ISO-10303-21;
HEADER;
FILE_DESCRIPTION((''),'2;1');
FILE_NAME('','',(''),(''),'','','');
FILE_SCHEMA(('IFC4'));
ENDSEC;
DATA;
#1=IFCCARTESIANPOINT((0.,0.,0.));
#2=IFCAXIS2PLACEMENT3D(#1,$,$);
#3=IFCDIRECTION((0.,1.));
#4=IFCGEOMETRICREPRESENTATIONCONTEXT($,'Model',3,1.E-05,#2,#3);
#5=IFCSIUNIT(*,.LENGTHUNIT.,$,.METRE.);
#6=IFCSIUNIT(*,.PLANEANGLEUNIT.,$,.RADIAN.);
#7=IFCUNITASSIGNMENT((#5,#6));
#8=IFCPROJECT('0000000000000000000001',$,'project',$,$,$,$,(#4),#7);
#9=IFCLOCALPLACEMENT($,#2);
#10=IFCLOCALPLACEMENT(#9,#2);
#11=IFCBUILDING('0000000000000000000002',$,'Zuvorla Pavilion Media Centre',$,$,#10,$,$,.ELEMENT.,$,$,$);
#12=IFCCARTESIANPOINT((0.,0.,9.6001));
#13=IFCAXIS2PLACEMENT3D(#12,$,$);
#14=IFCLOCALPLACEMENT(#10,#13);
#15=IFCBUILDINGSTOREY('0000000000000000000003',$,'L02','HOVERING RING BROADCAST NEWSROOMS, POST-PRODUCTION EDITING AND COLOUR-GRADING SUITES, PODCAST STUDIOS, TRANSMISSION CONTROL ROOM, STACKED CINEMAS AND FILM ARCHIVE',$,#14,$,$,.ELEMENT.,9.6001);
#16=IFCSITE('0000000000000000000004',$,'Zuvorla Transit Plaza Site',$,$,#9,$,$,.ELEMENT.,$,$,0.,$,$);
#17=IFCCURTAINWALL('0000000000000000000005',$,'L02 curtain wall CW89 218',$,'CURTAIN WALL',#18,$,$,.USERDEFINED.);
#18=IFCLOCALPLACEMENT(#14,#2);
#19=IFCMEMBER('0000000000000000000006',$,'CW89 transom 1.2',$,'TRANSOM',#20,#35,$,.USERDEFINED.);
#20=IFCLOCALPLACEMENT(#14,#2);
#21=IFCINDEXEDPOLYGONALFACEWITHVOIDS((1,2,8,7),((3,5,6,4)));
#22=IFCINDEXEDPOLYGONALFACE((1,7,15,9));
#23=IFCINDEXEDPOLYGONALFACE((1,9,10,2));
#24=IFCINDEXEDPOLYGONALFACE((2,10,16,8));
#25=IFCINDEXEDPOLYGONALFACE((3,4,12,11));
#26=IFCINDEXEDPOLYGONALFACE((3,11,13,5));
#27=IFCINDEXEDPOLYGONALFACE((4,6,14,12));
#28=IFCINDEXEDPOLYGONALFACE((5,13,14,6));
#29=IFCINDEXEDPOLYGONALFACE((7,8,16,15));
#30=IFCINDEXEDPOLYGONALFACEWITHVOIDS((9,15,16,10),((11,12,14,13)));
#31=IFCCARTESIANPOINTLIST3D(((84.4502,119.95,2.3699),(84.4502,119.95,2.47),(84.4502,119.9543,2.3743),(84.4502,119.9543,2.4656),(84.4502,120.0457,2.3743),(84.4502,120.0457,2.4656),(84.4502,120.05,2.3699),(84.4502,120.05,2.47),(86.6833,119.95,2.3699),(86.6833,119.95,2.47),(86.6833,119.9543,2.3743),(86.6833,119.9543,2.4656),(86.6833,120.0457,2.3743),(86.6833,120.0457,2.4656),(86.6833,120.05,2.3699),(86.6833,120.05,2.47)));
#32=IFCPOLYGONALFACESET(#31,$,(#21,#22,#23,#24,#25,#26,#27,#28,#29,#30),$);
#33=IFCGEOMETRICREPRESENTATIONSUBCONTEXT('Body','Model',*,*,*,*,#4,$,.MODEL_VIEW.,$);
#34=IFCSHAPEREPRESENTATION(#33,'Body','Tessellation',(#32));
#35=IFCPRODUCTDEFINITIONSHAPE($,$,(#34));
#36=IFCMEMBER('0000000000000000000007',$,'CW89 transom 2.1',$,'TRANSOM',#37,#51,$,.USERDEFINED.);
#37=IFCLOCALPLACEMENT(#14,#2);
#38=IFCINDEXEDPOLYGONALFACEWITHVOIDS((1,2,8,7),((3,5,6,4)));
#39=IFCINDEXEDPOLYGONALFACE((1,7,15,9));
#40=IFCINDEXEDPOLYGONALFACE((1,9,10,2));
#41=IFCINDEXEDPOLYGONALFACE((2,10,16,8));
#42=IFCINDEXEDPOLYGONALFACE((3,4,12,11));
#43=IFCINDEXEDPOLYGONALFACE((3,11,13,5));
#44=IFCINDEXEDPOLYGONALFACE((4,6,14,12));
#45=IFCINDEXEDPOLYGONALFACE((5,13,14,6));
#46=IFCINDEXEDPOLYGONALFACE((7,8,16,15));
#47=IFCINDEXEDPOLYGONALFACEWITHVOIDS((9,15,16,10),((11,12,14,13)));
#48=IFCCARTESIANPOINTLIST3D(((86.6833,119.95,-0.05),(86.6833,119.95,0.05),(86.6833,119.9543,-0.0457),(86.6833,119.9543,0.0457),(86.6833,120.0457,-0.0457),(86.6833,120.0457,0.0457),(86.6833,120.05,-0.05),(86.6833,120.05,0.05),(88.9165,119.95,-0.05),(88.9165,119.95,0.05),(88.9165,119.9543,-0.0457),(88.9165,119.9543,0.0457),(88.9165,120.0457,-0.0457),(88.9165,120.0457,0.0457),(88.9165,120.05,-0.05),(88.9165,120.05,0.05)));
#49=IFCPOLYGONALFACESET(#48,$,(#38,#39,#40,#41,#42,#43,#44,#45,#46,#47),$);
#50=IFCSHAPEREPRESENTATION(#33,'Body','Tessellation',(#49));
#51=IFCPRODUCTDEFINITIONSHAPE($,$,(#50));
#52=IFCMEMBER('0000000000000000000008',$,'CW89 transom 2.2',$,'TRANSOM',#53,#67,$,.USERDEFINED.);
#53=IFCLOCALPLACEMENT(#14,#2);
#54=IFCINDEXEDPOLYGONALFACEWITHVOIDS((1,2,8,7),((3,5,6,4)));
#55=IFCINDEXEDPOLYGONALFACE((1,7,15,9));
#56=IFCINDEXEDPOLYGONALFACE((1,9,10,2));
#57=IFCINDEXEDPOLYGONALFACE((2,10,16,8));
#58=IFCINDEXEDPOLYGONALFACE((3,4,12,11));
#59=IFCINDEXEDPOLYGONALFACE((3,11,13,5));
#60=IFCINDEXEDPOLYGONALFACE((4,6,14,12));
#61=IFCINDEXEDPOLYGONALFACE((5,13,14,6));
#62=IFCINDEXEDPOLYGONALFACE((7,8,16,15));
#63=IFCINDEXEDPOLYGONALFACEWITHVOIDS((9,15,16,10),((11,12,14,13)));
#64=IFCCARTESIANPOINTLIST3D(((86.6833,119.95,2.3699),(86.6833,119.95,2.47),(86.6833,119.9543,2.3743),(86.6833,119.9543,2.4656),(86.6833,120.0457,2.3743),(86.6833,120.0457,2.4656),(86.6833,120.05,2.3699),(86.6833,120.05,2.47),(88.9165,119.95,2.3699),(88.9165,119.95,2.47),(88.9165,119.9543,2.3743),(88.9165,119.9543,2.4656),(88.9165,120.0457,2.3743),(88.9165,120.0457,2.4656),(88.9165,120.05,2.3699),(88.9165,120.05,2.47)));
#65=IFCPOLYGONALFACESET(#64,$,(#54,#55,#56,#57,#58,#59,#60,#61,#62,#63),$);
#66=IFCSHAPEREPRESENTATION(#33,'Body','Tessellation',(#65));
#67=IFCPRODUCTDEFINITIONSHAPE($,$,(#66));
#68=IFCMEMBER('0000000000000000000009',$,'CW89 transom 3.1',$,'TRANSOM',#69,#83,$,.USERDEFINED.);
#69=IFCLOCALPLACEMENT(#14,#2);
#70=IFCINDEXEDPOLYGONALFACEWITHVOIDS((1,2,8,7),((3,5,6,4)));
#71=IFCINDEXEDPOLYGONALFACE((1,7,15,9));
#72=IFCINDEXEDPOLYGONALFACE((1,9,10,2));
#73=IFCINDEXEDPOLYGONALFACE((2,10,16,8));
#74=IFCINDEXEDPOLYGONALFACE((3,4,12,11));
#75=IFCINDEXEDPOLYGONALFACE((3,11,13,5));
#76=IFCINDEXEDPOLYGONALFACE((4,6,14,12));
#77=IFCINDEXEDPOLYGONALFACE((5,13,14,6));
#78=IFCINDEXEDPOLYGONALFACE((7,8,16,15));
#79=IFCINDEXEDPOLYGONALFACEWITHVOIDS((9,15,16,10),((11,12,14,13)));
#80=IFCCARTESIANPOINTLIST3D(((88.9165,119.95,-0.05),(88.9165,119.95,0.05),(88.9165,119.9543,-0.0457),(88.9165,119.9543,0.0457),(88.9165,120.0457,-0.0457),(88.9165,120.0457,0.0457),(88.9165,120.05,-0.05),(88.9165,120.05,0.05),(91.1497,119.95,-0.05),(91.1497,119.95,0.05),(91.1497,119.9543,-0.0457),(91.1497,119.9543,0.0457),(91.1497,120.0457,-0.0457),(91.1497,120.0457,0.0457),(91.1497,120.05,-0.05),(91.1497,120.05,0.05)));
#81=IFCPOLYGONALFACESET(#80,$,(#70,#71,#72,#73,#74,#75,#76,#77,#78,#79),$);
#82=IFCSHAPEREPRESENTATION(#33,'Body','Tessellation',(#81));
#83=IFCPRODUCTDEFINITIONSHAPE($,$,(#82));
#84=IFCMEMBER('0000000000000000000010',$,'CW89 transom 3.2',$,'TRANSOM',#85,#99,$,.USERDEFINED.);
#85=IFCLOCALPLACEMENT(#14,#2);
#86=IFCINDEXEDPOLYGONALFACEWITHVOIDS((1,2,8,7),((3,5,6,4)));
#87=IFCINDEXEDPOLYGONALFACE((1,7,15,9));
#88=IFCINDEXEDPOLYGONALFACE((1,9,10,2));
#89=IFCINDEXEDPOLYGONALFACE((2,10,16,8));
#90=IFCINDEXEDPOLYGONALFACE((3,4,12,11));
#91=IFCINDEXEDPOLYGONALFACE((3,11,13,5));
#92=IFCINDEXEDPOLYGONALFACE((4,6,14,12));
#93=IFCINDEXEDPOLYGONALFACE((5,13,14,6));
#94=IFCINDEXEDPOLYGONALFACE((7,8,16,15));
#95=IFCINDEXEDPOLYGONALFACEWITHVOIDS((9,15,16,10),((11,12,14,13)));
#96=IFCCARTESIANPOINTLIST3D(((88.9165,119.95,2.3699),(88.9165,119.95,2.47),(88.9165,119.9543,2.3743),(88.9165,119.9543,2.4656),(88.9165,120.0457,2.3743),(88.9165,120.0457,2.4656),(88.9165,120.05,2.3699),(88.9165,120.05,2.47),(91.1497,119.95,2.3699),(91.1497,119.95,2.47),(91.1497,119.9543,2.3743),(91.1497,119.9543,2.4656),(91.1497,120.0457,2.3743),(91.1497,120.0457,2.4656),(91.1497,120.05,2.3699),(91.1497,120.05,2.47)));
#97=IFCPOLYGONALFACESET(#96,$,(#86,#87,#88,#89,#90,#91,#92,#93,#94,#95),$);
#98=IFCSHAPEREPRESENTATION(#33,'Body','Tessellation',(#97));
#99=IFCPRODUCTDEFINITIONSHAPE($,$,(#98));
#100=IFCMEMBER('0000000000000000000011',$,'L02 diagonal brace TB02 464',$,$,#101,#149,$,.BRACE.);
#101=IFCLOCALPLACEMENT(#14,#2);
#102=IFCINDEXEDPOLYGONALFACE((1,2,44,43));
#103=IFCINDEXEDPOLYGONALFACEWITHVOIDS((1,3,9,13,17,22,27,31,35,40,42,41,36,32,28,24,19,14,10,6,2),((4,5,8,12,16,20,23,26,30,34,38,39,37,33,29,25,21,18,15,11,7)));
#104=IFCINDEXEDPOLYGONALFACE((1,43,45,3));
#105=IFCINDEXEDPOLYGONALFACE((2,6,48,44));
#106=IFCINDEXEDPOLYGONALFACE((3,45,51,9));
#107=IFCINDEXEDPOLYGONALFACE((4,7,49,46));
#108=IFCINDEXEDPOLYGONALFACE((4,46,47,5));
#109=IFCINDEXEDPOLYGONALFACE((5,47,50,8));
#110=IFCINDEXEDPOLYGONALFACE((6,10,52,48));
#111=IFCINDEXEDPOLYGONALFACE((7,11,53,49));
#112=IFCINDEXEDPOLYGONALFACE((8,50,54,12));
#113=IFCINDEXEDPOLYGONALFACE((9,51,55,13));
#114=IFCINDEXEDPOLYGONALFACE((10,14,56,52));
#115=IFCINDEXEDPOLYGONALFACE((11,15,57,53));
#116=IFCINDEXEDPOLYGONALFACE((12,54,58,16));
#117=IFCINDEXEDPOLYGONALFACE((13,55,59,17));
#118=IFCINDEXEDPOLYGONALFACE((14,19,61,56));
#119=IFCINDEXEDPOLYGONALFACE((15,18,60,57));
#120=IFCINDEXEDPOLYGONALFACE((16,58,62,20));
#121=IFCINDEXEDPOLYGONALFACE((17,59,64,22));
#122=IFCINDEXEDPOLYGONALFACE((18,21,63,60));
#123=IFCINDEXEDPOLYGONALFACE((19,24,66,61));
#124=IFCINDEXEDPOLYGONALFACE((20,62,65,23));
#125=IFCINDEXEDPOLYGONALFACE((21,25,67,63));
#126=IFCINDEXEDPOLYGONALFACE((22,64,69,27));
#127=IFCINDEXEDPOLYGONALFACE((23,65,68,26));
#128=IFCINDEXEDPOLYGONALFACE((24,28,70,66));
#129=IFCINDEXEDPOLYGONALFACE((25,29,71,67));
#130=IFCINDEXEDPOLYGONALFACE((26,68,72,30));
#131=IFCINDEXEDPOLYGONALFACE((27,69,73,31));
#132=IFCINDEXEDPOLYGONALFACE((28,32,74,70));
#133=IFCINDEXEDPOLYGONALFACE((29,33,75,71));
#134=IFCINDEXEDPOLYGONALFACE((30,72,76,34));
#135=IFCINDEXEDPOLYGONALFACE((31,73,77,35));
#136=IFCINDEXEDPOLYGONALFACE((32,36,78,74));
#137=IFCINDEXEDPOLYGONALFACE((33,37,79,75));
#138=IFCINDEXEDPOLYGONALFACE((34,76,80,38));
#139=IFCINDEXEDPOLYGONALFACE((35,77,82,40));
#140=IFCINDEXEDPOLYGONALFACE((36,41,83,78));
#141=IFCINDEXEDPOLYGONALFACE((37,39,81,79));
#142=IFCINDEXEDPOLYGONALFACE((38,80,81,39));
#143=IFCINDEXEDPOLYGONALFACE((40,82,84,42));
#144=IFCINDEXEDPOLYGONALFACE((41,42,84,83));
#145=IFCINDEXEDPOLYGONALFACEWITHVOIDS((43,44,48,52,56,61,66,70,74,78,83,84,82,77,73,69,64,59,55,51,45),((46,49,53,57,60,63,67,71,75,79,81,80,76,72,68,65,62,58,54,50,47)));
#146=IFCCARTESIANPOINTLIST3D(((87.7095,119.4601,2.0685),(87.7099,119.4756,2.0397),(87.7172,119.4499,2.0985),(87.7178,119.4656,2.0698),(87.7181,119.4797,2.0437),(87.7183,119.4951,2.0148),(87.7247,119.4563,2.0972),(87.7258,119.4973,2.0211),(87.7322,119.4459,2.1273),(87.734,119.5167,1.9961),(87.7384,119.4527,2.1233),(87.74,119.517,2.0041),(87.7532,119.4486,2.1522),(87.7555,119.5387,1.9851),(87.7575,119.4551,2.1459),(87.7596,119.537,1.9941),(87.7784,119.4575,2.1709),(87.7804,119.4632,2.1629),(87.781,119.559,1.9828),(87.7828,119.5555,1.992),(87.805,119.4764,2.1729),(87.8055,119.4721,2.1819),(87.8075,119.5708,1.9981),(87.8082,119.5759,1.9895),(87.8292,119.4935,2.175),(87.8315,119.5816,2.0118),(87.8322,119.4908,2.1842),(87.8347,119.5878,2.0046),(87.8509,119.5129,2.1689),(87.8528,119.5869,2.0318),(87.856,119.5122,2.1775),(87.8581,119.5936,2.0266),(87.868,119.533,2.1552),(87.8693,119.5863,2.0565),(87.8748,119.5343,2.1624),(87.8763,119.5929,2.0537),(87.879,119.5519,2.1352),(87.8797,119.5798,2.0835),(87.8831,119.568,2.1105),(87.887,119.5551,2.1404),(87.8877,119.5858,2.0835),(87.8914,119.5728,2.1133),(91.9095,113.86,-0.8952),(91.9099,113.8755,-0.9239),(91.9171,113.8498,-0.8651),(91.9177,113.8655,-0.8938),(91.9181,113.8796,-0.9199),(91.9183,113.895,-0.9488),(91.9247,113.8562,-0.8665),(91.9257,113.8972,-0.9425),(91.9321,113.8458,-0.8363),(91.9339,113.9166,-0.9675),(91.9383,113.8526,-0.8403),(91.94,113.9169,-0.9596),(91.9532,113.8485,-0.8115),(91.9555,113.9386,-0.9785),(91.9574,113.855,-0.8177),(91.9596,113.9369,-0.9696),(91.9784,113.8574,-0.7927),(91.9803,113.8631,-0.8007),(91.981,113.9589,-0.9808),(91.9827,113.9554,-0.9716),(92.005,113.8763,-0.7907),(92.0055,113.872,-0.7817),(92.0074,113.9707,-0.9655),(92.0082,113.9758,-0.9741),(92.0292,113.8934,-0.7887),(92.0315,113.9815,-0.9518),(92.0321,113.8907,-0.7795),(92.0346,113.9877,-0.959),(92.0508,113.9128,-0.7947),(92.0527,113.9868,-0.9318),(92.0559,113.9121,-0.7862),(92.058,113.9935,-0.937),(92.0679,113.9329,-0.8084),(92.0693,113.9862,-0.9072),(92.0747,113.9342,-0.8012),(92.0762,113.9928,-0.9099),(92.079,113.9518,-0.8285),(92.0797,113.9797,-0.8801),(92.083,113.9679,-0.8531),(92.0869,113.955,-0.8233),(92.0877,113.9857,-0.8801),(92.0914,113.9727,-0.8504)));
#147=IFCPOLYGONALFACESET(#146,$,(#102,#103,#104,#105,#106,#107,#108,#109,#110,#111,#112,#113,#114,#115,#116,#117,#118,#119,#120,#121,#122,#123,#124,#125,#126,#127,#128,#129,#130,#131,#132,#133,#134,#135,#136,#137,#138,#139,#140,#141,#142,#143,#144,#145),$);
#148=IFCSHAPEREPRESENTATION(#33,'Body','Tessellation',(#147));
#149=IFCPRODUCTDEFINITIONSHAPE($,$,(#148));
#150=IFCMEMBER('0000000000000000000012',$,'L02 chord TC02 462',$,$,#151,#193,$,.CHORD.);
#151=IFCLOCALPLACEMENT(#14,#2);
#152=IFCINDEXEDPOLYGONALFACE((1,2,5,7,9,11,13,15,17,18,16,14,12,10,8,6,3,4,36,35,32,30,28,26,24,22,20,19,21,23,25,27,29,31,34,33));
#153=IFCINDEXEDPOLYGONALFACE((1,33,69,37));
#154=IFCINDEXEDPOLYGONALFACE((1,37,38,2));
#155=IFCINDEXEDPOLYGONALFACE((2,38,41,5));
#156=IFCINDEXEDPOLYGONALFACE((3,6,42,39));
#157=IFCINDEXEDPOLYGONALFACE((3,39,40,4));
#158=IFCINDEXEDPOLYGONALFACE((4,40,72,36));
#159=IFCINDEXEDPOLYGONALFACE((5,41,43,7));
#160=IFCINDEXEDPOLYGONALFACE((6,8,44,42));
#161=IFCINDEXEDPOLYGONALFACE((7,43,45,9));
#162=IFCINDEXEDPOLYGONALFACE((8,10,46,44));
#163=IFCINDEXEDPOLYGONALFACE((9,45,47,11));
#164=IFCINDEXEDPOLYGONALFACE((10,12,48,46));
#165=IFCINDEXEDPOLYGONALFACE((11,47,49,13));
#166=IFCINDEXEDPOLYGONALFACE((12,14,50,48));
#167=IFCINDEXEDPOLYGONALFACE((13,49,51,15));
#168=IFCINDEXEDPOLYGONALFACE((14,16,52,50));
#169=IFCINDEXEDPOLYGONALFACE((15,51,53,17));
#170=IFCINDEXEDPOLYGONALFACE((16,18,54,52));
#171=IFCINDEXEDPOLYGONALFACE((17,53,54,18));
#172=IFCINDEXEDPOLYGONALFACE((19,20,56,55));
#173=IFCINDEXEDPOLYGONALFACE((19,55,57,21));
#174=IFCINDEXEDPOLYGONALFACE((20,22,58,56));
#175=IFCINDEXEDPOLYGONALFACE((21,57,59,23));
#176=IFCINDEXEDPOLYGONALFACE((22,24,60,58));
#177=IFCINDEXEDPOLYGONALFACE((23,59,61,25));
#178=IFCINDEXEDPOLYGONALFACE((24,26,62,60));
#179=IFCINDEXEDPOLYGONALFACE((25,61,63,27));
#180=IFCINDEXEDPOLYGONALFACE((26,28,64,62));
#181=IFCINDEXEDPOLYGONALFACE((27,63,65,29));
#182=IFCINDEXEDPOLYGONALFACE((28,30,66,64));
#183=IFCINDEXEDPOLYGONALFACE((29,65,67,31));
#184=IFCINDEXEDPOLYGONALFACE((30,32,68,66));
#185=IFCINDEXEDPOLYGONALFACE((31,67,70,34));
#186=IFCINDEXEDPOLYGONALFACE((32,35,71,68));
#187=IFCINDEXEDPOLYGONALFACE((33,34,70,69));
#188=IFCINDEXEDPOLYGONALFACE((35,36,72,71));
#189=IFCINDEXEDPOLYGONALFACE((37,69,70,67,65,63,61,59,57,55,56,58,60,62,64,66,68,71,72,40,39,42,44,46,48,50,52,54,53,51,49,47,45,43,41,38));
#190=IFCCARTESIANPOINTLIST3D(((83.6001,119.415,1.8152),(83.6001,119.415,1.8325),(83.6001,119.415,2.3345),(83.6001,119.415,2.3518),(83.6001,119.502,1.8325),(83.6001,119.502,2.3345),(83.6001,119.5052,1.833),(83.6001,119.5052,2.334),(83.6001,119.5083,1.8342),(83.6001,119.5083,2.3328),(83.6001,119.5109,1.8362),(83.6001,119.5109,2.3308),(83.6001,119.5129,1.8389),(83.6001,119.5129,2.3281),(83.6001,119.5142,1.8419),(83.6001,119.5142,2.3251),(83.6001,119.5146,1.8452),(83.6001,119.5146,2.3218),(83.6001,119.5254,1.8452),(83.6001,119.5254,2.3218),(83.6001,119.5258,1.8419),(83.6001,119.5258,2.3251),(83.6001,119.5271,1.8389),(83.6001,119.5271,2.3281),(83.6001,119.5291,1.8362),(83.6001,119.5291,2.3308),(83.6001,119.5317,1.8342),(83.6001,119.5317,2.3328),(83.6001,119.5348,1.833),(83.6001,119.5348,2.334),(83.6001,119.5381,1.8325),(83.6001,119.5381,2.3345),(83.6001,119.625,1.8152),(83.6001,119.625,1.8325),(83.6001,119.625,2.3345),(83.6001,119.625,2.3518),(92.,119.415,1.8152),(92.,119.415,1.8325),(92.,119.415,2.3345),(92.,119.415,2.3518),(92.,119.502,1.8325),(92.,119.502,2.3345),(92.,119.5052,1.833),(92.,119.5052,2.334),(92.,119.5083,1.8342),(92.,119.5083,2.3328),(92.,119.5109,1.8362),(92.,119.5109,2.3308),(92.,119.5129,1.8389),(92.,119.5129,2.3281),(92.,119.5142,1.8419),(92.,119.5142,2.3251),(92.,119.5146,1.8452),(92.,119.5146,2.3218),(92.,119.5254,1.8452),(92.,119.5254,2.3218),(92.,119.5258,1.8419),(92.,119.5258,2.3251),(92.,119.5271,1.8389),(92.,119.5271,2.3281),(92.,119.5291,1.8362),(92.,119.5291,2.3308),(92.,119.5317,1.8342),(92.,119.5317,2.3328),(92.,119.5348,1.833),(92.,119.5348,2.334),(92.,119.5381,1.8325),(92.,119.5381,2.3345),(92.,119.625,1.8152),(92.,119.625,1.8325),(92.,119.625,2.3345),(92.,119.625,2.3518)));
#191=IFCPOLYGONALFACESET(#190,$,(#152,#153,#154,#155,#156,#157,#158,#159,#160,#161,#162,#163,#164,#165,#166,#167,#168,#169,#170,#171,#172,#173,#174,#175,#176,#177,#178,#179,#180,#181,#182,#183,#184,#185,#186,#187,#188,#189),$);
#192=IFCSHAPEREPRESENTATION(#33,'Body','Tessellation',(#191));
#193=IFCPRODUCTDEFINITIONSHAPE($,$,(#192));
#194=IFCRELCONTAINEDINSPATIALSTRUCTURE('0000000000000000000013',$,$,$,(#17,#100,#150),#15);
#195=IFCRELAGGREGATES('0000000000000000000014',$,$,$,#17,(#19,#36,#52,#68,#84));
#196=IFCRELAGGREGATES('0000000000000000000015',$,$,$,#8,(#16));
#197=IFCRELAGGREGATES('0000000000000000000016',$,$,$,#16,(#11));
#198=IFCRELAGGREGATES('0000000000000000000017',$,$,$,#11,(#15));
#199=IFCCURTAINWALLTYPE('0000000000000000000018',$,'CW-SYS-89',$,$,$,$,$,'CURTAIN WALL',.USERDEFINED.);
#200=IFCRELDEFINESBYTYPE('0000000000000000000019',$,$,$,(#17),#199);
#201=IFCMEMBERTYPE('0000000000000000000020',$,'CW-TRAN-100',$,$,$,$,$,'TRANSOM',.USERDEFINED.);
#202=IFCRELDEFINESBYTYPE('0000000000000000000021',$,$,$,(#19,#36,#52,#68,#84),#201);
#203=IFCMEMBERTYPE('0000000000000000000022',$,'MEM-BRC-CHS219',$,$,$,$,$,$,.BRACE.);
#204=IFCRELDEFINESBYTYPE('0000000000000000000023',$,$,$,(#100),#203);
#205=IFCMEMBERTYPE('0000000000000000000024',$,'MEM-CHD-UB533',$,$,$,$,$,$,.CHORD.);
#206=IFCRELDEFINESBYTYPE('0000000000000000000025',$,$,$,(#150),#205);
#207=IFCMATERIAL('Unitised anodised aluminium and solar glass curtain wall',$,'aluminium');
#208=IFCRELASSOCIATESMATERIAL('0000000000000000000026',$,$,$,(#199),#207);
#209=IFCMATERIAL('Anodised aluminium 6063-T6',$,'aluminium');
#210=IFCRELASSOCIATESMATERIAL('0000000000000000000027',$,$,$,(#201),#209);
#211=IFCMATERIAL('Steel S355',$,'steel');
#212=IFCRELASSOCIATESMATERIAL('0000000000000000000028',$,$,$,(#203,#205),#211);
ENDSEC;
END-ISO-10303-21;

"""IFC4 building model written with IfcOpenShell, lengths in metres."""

from ifc_helpers import new_model, si_unit, direction, frame, origin, origin_2d, place, context, subcontext, project, spatial, hollow_rectangle, hollow_circle, i_section, extrude, material, material_profile, profile_set, type_object, element, aggregate, save


model = new_model("IFC4")

# Units and contexts
model_context = context("Model", 3, precision=1e-05, world=origin(), true_north=direction((0.0, 1.0)))
body_context = subcontext(model_context, "Body", "Model", "MODEL_VIEW")
ifc_project = project(units=[si_unit("LENGTHUNIT", "METRE"), si_unit("PLANEANGLEUNIT", "RADIAN")], contexts=[model_context])

# Site, building, storey
site_placement = place(None, origin())
site = spatial("IfcSite", under=ifc_project, at=site_placement, Name="Zuvorla Transit Plaza Site", CompositionType="ELEMENT", RefElevation=0.0)
building_placement = place(site_placement, origin())
building = spatial("IfcBuilding", under=site, at=building_placement, Name="Zuvorla Pavilion Media Centre", CompositionType="ELEMENT")
storey_placement = place(building_placement, frame((0.0, 0.0, 9.6001)))
storey = spatial("IfcBuildingStorey", under=building, at=storey_placement, Name="L02", Description="HOVERING RING BROADCAST NEWSROOMS, POST-PRODUCTION EDITING AND COLOUR-GRADING SUITES, PODCAST STUDIOS, TRANSMISSION CONTROL ROOM, STACKED CINEMAS AND FILM ARCHIVE", CompositionType="ELEMENT", Elevation=9.6001)

# Curtain wall
ifc_material_1 = material(Name="Unitised anodised aluminium and solar glass curtain wall", Category="aluminium")
ifc_material_2 = material(Name="Anodised aluminium 6063-T6", Category="aluminium")
curtain_wall_type_1 = type_object("IfcCurtainWallType", Name="CW-SYS-89", ElementType="CURTAIN WALL", PredefinedType="USERDEFINED", material=ifc_material_1)
curtain_wall_1_placement = place(storey_placement, origin())
curtain_wall_1 = element("IfcCurtainWall", 1, at=curtain_wall_1_placement, inside=storey, type_object=curtain_wall_type_1, Name="L02 curtain wall CW89 218", ObjectType="CURTAIN WALL", PredefinedType="USERDEFINED")

# Members
ifc_material_profile_1 = material_profile(ifc_material_2, hollow_rectangle(XDim=0.1001, YDim=0.1001, WallThickness=0.0044, at=origin_2d()), Name="ALU TRAN 100x100")
ifc_profile_set_1 = profile_set([ifc_material_profile_1], Name="Anodised aluminium 6063-T6")
member_type_1 = type_object("IfcMemberType", Name="CW-TRAN-100", ElementType="TRANSOM", PredefinedType="USERDEFINED", material=ifc_profile_set_1)
member_1_placement = place(storey_placement, frame((84.4502, 120.0, 2.4199), z_axis=(1.0, 0.0, 0.0), x_axis=(0.0, 1.0, 0.0)))
member_1 = element("IfcMember", 2, at=member_1_placement, type_object=member_type_1, Name="CW89 transom 1.2", ObjectType="TRANSOM", PredefinedType="USERDEFINED", context=body_context, shape_type="SweptSolid", body=[
    extrude(hollow_rectangle(XDim=0.1001, YDim=0.1001, WallThickness=0.0044, at=origin_2d()), origin(), (0.0, 0.0, 1.0), 2.2332),
])
member_2_placement = place(storey_placement, frame((86.6833, 120.0, 0.0), z_axis=(1.0, 0.0, 0.0), x_axis=(0.0, 1.0, 0.0)))
member_2 = element("IfcMember", 3, at=member_2_placement, type_object=member_type_1, Name="CW89 transom 2.1", ObjectType="TRANSOM", PredefinedType="USERDEFINED", context=body_context, shape_type="SweptSolid", body=[
    extrude(hollow_rectangle(XDim=0.1001, YDim=0.1001, WallThickness=0.0044, at=origin_2d()), origin(), (0.0, 0.0, 1.0), 2.2332),
])
member_3_placement = place(storey_placement, frame((86.6833, 120.0, 2.4199), z_axis=(1.0, 0.0, 0.0), x_axis=(0.0, 1.0, 0.0)))
member_3 = element("IfcMember", 4, at=member_3_placement, type_object=member_type_1, Name="CW89 transom 2.2", ObjectType="TRANSOM", PredefinedType="USERDEFINED", context=body_context, shape_type="SweptSolid", body=[
    extrude(hollow_rectangle(XDim=0.1001, YDim=0.1001, WallThickness=0.0044, at=origin_2d()), origin(), (0.0, 0.0, 1.0), 2.2332),
])
member_4_placement = place(storey_placement, frame((88.9165, 120.0, 0.0), z_axis=(1.0, 0.0, 0.0), x_axis=(0.0, 1.0, 0.0)))
member_4 = element("IfcMember", 5, at=member_4_placement, type_object=member_type_1, Name="CW89 transom 3.1", ObjectType="TRANSOM", PredefinedType="USERDEFINED", context=body_context, shape_type="SweptSolid", body=[
    extrude(hollow_rectangle(XDim=0.1001, YDim=0.1001, WallThickness=0.0044, at=origin_2d()), origin(), (0.0, 0.0, 1.0), 2.2332),
])
member_5_placement = place(storey_placement, frame((88.9165, 120.0, 2.4199), z_axis=(1.0, 0.0, 0.0), x_axis=(0.0, 1.0, 0.0)))
member_5 = element("IfcMember", 6, at=member_5_placement, type_object=member_type_1, Name="CW89 transom 3.2", ObjectType="TRANSOM", PredefinedType="USERDEFINED", context=body_context, shape_type="SweptSolid", body=[
    extrude(hollow_rectangle(XDim=0.1001, YDim=0.1001, WallThickness=0.0044, at=origin_2d()), origin(), (0.0, 0.0, 1.0), 2.2332),
])

# Members
ifc_material_3 = material(Name="Steel S355", Category="steel")
ifc_material_profile_2 = material_profile(ifc_material_3, hollow_circle(Radius=0.1096, WallThickness=0.01, at=origin_2d()), Name="CHS 219.1x10")
ifc_profile_set_2 = profile_set([ifc_material_profile_2], Name="Steel S355")
member_type_2 = type_object("IfcMemberType", Name="MEM-BRC-CHS219", PredefinedType="BRACE", material=ifc_profile_set_2)
member_6_placement = place(storey_placement, frame((87.8, 119.52, 2.0835), z_axis=(0.552512, -0.736704, -0.38987), x_axis=(0.800008, 0.599989, 0.0)))
element("IfcMember", 7, at=member_6_placement, inside=storey, type_object=member_type_2, Name="L02 diagonal brace TB02 464", PredefinedType="BRACE", context=body_context, shape_type="SweptSolid", body=[
    extrude(hollow_circle(Radius=0.1096, WallThickness=0.01, at=origin_2d()), origin(), (0.0, 0.0, 1.0), 7.6016),
])
ifc_material_profile_3 = material_profile(ifc_material_3, i_section(OverallWidth=0.21, OverallDepth=0.5366, WebThickness=0.0107, FlangeThickness=0.0173, FilletRadius=0.0127, at=origin_2d()), Name="UB 533x210x101")
ifc_profile_set_3 = profile_set([ifc_material_profile_3], Name="Steel S355")
member_type_3 = type_object("IfcMemberType", Name="MEM-CHD-UB533", PredefinedType="CHORD", material=ifc_profile_set_3)
member_7_placement = place(storey_placement, frame((83.6001, 119.52, 2.0835), z_axis=(1.0, 0.0, 0.0), x_axis=(0.0, 1.0, 0.0)))
element("IfcMember", 8, at=member_7_placement, inside=storey, type_object=member_type_3, Name="L02 chord TC02 462", PredefinedType="CHORD", context=body_context, shape_type="SweptSolid", body=[
    extrude(i_section(OverallWidth=0.21, OverallDepth=0.5366, WebThickness=0.0107, FlangeThickness=0.0173, FilletRadius=0.0127, at=origin_2d()), origin(), (0.0, 0.0, 1.0), 8.3999),
])

aggregate(curtain_wall_1, [member_1, member_2, member_3, member_4, member_5])

save(model, "model.ifc")
